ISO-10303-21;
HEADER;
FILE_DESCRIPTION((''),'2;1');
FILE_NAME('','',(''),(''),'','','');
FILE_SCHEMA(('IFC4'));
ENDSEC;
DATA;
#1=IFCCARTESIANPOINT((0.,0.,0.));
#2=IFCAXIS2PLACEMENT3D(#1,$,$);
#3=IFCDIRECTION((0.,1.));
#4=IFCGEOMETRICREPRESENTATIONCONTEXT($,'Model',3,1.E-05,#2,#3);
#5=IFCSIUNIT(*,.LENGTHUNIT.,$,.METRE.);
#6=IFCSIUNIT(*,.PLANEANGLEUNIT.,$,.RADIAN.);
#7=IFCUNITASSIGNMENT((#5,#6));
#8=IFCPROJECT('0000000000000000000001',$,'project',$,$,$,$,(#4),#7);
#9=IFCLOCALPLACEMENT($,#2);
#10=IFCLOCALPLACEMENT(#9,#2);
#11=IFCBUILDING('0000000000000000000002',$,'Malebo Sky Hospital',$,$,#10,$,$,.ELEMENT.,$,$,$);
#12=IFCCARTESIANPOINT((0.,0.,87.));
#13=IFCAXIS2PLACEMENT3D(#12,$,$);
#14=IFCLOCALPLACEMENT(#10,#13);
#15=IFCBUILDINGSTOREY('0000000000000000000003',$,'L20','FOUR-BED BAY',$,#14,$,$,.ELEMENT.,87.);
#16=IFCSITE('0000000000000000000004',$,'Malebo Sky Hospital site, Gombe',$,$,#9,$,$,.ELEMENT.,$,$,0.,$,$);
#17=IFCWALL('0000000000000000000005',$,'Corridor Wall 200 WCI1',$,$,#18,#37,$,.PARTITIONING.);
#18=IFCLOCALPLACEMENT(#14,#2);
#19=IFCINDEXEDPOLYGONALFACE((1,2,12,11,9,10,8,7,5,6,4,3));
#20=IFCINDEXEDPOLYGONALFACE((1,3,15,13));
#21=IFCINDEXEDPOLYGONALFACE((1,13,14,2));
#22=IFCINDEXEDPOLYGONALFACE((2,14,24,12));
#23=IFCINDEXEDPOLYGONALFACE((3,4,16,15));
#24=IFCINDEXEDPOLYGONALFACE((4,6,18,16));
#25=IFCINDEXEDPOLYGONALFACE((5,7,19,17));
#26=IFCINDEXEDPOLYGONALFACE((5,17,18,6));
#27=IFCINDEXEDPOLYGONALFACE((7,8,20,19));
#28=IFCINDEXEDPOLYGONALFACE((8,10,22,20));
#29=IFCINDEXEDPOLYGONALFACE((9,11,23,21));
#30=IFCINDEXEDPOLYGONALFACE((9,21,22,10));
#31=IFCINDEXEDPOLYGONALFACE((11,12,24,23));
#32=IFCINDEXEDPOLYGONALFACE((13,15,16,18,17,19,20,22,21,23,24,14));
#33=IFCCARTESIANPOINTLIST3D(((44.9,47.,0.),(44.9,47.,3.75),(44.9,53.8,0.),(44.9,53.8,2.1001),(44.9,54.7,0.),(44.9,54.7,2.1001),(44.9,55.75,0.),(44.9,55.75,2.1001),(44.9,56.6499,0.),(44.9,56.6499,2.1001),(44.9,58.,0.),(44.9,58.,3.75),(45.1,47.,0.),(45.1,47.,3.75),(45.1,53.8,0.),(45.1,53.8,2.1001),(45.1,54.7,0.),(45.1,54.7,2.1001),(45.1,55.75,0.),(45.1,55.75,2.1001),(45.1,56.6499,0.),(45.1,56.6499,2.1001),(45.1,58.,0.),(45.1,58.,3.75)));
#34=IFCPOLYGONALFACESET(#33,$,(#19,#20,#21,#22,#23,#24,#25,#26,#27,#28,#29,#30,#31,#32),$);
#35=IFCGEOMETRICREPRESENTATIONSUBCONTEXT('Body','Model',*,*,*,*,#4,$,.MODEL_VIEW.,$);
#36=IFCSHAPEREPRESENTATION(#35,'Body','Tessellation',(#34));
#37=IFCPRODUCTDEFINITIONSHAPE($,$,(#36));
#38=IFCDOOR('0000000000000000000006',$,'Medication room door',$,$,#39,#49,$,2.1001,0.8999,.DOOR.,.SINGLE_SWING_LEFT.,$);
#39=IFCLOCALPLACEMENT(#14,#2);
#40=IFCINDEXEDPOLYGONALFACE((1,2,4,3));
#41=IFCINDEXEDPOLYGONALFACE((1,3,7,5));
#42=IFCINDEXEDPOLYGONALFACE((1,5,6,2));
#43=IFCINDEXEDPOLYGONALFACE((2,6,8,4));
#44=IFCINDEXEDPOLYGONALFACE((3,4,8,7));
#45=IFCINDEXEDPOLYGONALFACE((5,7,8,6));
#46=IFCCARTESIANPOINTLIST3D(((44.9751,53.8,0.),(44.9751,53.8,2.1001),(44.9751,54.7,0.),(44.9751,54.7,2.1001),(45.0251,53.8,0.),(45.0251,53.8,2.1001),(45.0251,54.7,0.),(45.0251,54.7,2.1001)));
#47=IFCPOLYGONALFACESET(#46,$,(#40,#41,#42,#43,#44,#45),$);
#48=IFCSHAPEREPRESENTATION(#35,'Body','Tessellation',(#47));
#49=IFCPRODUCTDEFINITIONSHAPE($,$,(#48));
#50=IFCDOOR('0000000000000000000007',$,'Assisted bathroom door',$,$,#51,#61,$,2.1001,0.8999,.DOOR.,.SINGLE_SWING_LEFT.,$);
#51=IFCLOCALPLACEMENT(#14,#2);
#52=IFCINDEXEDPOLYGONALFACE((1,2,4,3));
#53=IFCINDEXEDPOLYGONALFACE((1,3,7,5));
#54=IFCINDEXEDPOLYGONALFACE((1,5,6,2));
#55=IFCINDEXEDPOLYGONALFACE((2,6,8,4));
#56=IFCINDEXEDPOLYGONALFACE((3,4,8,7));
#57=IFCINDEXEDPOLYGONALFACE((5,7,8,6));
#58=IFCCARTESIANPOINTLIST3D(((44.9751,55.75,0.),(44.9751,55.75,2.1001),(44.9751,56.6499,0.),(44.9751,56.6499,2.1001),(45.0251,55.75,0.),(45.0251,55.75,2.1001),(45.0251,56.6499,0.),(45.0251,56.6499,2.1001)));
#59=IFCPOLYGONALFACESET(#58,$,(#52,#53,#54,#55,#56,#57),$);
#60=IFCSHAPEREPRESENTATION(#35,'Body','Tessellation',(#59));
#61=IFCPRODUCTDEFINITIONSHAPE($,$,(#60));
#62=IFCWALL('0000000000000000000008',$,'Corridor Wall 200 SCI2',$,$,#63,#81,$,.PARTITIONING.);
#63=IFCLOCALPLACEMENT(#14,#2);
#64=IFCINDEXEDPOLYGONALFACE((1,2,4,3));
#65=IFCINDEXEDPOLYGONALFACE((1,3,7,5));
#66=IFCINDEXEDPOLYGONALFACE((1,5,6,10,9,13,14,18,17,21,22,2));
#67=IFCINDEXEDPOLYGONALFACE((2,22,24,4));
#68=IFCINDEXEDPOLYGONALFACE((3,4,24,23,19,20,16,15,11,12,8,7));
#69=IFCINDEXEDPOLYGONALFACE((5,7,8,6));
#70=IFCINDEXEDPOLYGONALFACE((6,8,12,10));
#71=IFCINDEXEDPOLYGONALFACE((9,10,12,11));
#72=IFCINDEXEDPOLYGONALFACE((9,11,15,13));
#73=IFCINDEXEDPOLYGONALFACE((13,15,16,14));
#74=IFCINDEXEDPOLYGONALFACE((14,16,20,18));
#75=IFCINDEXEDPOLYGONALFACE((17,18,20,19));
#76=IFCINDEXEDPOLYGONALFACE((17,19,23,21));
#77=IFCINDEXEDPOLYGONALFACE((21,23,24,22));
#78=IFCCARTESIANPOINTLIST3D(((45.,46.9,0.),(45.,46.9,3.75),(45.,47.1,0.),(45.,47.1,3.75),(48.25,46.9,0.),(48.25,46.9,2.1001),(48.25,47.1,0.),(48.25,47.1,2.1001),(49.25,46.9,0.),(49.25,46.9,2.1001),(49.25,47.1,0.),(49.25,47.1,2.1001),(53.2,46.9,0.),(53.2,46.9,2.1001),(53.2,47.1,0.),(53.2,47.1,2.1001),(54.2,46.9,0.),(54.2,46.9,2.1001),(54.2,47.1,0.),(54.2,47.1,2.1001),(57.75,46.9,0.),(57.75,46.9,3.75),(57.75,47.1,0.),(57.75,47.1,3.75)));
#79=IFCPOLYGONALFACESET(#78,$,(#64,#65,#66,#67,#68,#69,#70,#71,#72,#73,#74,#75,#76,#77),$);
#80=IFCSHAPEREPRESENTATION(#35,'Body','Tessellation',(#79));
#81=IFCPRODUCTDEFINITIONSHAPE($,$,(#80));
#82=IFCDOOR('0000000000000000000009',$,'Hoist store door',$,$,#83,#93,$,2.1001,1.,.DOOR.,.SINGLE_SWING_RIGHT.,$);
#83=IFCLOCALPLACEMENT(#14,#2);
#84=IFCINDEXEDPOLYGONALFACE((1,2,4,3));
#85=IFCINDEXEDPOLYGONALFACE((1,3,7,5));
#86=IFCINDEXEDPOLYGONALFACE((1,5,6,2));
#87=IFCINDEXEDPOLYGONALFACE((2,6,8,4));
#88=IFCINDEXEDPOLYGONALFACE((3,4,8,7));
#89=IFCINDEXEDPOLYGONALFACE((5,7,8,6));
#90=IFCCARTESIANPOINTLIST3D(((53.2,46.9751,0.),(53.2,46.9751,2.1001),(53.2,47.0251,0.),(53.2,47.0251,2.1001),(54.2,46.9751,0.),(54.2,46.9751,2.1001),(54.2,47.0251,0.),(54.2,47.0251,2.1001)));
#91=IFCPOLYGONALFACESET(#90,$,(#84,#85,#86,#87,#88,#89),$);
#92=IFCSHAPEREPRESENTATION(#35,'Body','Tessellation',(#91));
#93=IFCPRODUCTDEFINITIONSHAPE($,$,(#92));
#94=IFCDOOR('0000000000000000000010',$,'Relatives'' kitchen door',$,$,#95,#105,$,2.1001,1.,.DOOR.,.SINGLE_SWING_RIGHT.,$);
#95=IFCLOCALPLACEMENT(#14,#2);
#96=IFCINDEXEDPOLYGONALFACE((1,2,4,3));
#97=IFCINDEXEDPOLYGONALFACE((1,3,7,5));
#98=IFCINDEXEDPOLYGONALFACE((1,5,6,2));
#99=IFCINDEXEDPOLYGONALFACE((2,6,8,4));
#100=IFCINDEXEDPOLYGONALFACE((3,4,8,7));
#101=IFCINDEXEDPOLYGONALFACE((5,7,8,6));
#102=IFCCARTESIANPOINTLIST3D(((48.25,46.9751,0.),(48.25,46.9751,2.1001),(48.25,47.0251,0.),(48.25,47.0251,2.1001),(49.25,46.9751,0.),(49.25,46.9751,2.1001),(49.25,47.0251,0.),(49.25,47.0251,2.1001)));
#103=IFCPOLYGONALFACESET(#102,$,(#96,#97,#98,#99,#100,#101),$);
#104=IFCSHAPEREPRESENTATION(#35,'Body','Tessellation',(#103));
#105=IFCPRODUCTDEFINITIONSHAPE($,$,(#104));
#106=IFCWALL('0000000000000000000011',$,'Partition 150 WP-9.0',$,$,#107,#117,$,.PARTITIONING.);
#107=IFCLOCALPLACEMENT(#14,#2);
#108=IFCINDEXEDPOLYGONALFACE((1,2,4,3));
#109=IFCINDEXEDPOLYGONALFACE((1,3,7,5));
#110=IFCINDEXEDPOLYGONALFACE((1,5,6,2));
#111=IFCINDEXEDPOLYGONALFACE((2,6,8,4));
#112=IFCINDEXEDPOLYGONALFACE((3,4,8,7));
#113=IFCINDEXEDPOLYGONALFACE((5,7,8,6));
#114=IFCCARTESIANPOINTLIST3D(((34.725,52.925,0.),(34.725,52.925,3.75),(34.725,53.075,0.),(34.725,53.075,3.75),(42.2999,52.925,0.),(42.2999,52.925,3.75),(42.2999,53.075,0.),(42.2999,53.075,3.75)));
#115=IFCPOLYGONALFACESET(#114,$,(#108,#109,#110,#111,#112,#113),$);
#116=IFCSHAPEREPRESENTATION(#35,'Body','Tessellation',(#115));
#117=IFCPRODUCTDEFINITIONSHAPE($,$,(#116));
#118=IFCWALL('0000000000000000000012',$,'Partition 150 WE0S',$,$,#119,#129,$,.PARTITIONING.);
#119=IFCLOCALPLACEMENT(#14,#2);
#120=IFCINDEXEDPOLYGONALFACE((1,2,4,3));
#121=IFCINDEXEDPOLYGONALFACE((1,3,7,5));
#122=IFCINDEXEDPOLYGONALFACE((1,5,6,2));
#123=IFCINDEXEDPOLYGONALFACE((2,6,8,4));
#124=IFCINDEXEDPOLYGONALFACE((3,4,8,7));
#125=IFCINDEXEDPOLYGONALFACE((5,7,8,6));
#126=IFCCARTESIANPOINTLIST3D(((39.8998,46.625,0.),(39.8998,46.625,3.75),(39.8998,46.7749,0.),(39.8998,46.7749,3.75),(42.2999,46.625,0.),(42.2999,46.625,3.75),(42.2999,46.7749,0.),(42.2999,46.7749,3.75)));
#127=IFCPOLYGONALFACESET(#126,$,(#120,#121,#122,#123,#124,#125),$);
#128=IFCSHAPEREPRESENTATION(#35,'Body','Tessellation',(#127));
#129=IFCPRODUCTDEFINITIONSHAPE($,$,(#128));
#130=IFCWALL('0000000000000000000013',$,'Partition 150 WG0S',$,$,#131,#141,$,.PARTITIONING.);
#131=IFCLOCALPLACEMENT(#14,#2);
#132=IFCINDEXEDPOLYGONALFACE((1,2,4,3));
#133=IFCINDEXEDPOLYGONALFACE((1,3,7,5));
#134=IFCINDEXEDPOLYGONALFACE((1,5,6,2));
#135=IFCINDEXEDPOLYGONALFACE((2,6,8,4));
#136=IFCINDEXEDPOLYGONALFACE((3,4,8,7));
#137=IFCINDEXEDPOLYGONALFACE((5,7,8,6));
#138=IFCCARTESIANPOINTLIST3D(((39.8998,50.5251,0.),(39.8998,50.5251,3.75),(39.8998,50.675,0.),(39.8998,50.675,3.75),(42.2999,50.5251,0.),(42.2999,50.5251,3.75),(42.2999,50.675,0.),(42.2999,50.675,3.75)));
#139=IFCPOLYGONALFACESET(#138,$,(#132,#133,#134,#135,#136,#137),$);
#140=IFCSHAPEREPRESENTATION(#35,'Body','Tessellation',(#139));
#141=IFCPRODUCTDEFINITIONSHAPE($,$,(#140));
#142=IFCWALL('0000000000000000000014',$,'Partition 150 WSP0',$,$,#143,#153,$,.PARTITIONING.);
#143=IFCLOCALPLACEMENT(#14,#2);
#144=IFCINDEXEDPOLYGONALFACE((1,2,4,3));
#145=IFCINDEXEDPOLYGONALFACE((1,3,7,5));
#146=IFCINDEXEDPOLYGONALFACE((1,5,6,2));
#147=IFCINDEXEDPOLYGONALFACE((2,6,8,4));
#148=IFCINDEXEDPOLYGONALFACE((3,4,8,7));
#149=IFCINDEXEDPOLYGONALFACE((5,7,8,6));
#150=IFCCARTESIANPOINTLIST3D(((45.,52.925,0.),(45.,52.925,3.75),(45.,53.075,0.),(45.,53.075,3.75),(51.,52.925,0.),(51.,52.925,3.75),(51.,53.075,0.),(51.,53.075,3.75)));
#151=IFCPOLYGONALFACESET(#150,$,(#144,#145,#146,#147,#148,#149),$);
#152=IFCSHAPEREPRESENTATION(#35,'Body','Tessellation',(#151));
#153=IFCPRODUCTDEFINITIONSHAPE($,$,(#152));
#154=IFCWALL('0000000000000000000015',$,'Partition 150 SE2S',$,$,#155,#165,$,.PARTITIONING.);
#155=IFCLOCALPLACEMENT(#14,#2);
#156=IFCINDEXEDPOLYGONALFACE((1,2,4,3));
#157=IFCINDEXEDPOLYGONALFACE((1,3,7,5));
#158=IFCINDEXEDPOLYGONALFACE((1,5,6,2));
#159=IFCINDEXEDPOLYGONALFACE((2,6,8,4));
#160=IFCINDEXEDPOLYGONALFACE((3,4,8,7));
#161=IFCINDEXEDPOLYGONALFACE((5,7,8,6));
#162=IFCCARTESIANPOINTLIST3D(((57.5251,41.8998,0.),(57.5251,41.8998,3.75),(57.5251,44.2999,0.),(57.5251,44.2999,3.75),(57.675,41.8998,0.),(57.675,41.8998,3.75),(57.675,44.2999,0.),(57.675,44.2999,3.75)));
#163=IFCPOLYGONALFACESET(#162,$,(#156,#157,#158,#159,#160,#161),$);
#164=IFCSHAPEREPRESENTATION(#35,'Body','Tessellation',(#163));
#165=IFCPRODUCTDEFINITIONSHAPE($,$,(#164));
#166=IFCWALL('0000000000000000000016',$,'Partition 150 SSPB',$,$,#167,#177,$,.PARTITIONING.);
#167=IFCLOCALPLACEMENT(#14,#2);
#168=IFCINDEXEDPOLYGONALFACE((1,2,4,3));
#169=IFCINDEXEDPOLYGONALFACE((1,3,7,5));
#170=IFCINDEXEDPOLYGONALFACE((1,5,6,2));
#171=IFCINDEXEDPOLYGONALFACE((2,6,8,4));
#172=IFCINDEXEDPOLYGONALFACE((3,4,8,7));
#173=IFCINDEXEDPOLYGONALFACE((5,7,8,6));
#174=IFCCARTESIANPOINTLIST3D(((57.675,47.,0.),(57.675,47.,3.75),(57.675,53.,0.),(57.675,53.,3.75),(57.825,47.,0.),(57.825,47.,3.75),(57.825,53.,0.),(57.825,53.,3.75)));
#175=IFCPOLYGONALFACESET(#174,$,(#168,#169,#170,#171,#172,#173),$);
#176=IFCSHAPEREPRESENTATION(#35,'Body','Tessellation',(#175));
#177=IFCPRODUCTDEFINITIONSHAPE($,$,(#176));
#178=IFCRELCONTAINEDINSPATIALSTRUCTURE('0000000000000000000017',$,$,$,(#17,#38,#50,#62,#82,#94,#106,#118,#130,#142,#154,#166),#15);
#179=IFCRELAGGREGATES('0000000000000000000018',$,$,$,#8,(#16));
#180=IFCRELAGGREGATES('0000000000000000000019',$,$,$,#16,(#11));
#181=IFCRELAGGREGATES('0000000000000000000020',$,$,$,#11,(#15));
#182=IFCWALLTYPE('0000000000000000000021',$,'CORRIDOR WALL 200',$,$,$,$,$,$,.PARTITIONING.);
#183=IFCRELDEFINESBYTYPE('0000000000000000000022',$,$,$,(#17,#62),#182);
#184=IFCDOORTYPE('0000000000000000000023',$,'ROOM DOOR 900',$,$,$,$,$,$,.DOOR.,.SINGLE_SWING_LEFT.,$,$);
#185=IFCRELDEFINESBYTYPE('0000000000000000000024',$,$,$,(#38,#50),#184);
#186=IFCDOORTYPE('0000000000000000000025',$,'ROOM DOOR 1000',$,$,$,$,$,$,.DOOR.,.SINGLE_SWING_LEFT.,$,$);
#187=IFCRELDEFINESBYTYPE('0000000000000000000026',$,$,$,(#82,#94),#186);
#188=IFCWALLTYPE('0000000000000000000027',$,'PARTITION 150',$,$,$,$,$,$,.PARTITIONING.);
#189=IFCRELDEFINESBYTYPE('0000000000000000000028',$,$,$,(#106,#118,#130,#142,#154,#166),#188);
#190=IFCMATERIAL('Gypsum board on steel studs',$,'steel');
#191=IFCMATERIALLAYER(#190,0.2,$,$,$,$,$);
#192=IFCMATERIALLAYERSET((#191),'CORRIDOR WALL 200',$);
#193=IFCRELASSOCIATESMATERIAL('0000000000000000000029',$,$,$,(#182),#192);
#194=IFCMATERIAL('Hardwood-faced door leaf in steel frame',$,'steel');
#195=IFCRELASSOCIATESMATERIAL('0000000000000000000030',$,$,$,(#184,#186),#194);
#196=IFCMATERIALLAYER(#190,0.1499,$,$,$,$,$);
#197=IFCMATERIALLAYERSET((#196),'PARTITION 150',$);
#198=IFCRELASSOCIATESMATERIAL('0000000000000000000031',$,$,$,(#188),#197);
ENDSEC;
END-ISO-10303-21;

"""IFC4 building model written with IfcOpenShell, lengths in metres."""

from ifc_helpers import new_model, si_unit, direction, frame, frame_2d, origin, place, context, subcontext, project, spatial, rectangle, extrude, material, layer, layer_set, type_object, element, fill, save


model = new_model("IFC4")

# Units and contexts
model_context = context("Model", 3, precision=1e-05, world=origin(), true_north=direction((0.0, 1.0)))
body_context = subcontext(model_context, "Body", "Model", "MODEL_VIEW")
ifc_project = project(units=[si_unit("LENGTHUNIT", "METRE"), si_unit("PLANEANGLEUNIT", "RADIAN")], contexts=[model_context])

# Site, building, storey
site_placement = place(None, origin())
site = spatial("IfcSite", under=ifc_project, at=site_placement, Name="Malebo Sky Hospital site, Gombe", CompositionType="ELEMENT", RefElevation=0.0)
building_placement = place(site_placement, origin())
building = spatial("IfcBuilding", under=site, at=building_placement, Name="Malebo Sky Hospital", CompositionType="ELEMENT")
storey_placement = place(building_placement, frame((0.0, 0.0, 87.0)))
storey = spatial("IfcBuildingStorey", under=building, at=storey_placement, Name="L20", Description="FOUR-BED BAY", CompositionType="ELEMENT", Elevation=87.0)

# Walls, openings, doors
ifc_material_1 = material(Name="Gypsum board on steel studs", Category="steel")
ifc_layer_1 = layer(ifc_material_1, 0.2)
ifc_layer_set_1 = layer_set([ifc_layer_1], Name="CORRIDOR WALL 200")
wall_type_1 = type_object("IfcWallType", Name="CORRIDOR WALL 200", PredefinedType="PARTITIONING", material=ifc_layer_set_1)
wall_1_placement = place(storey_placement, frame((45.0, 47.0, 0.0), z_axis=(0.0, 0.0, 1.0), x_axis=(0.0, 1.0, 0.0)))
wall_1 = element("IfcWall", 1, at=wall_1_placement, inside=storey, type_object=wall_type_1, Name="Corridor Wall 200 WCI1", PredefinedType="PARTITIONING", context=body_context, shape_type="SweptSolid", body=[
    extrude(rectangle(XDim=11.0, YDim=0.2, at=frame_2d((5.5, 0.0))), origin(), (0.0, 0.0, 1.0), 3.75),
])
opening_1_placement = place(wall_1_placement, frame((6.8, 0.0, 0.0)))
opening_1 = element("IfcOpeningElement", 2, at=opening_1_placement, cuts=wall_1, PredefinedType="OPENING", context=body_context, shape_type="SweptSolid", body=[
    extrude(rectangle(XDim=0.8999, YDim=2.1001, at=frame_2d((0.45, 1.05))), frame((0.0, 0.1099, 0.0), z_axis=(0.0, -1.0, 0.0), x_axis=(1.0, 0.0, 0.0)), (0.0, 0.0, 1.0), 0.22),
])
opening_2_placement = place(wall_1_placement, frame((8.75, 0.0, 0.0)))
opening_2 = element("IfcOpeningElement", 3, at=opening_2_placement, cuts=wall_1, PredefinedType="OPENING", context=body_context, shape_type="SweptSolid", body=[
    extrude(rectangle(XDim=0.8999, YDim=2.1001, at=frame_2d((0.45, 1.05))), frame((0.0, 0.1099, 0.0), z_axis=(0.0, -1.0, 0.0), x_axis=(1.0, 0.0, 0.0)), (0.0, 0.0, 1.0), 0.22),
])
ifc_material_2 = material(Name="Hardwood-faced door leaf in steel frame", Category="steel")
door_type_1 = type_object("IfcDoorType", Name="ROOM DOOR 900", OperationType="SINGLE_SWING_LEFT", PredefinedType="DOOR", material=ifc_material_2)
door_1_placement = place(opening_1_placement, origin())
door_1 = element("IfcDoor", 4, at=door_1_placement, inside=storey, type_object=door_type_1, Name="Medication room door", OperationType="SINGLE_SWING_LEFT", OverallHeight=2.1001, OverallWidth=0.8999, PredefinedType="DOOR", context=body_context, shape_type="SweptSolid", body=[
    extrude(rectangle(XDim=0.8999, YDim=2.1001, at=frame_2d((0.45, 1.05))), frame((0.0, 0.0249, 0.0), z_axis=(0.0, -1.0, 0.0), x_axis=(1.0, 0.0, 0.0)), (0.0, 0.0, 1.0), 0.05),
])
fill(opening_1, door_1)
door_2_placement = place(opening_2_placement, origin())
door_2 = element("IfcDoor", 5, at=door_2_placement, inside=storey, type_object=door_type_1, Name="Assisted bathroom door", OperationType="SINGLE_SWING_LEFT", OverallHeight=2.1001, OverallWidth=0.8999, PredefinedType="DOOR", context=body_context, shape_type="SweptSolid", body=[
    extrude(rectangle(XDim=0.8999, YDim=2.1001, at=frame_2d((0.45, 1.05))), frame((0.0, 0.0249, 0.0), z_axis=(0.0, -1.0, 0.0), x_axis=(1.0, 0.0, 0.0)), (0.0, 0.0, 1.0), 0.05),
])
fill(opening_2, door_2)
wall_2_placement = place(storey_placement, frame((57.75, 47.0, 0.0), z_axis=(0.0, 0.0, 1.0), x_axis=(-1.0, 0.0, 0.0)))
wall_2 = element("IfcWall", 6, at=wall_2_placement, inside=storey, type_object=wall_type_1, Name="Corridor Wall 200 SCI2", PredefinedType="PARTITIONING", context=body_context, shape_type="SweptSolid", body=[
    extrude(rectangle(XDim=12.75, YDim=0.2, at=frame_2d((6.375, 0.0))), origin(), (0.0, 0.0, 1.0), 3.75),
])
opening_3_placement = place(wall_2_placement, frame((3.55, 0.0, 0.0)))
opening_3 = element("IfcOpeningElement", 7, at=opening_3_placement, cuts=wall_2, PredefinedType="OPENING", context=body_context, shape_type="SweptSolid", body=[
    extrude(rectangle(XDim=1.0, YDim=2.1001, at=frame_2d((0.5, 1.05))), frame((0.0, 0.1099, 0.0), z_axis=(0.0, -1.0, 0.0), x_axis=(1.0, 0.0, 0.0)), (0.0, 0.0, 1.0), 0.22),
])
opening_4_placement = place(wall_2_placement, frame((8.5, 0.0, 0.0)))
opening_4 = element("IfcOpeningElement", 8, at=opening_4_placement, cuts=wall_2, PredefinedType="OPENING", context=body_context, shape_type="SweptSolid", body=[
    extrude(rectangle(XDim=1.0, YDim=2.1001, at=frame_2d((0.5, 1.05))), frame((0.0, 0.1099, 0.0), z_axis=(0.0, -1.0, 0.0), x_axis=(1.0, 0.0, 0.0)), (0.0, 0.0, 1.0), 0.22),
])
door_type_2 = type_object("IfcDoorType", Name="ROOM DOOR 1000", OperationType="SINGLE_SWING_LEFT", PredefinedType="DOOR", material=ifc_material_2)
door_3_placement = place(opening_3_placement, origin())
door_3 = element("IfcDoor", 9, at=door_3_placement, inside=storey, type_object=door_type_2, Name="Hoist store door", OperationType="SINGLE_SWING_RIGHT", OverallHeight=2.1001, OverallWidth=1.0, PredefinedType="DOOR", context=body_context, shape_type="SweptSolid", body=[
    extrude(rectangle(XDim=1.0, YDim=2.1001, at=frame_2d((0.5, 1.05))), frame((0.0, 0.0249, 0.0), z_axis=(0.0, -1.0, 0.0), x_axis=(1.0, 0.0, 0.0)), (0.0, 0.0, 1.0), 0.05),
])
fill(opening_3, door_3)
door_4_placement = place(opening_4_placement, origin())
door_4 = element("IfcDoor", 10, at=door_4_placement, inside=storey, type_object=door_type_2, Name="Relatives' kitchen door", OperationType="SINGLE_SWING_RIGHT", OverallHeight=2.1001, OverallWidth=1.0, PredefinedType="DOOR", context=body_context, shape_type="SweptSolid", body=[
    extrude(rectangle(XDim=1.0, YDim=2.1001, at=frame_2d((0.5, 1.05))), frame((0.0, 0.0249, 0.0), z_axis=(0.0, -1.0, 0.0), x_axis=(1.0, 0.0, 0.0)), (0.0, 0.0, 1.0), 0.05),
])
fill(opening_4, door_4)

# Walls
ifc_layer_2 = layer(ifc_material_1, 0.1499)
ifc_layer_set_2 = layer_set([ifc_layer_2], Name="PARTITION 150")
wall_type_2 = type_object("IfcWallType", Name="PARTITION 150", PredefinedType="PARTITIONING", material=ifc_layer_set_2)
wall_3_placement = place(storey_placement, frame((42.3, 53.0, 0.0), z_axis=(0.0, 0.0, 1.0), x_axis=(-1.0, 0.0, 0.0)))
element("IfcWall", 11, at=wall_3_placement, inside=storey, type_object=wall_type_2, Name="Partition 150 WP-9.0", PredefinedType="PARTITIONING", context=body_context, shape_type="SweptSolid", body=[
    extrude(rectangle(XDim=7.575, YDim=0.1499, at=frame_2d((3.7876, 0.0))), origin(), (0.0, 0.0, 1.0), 3.75),
])
for number, where, z_axis, x_axis, name in (
    (12, (42.3, 46.7, 0.0), (0.0, 0.0, 1.0), (-1.0, 0.0, 0.0), "Partition 150 WE0S"),
    (13, (42.3, 50.6001, 0.0), (0.0, 0.0, 1.0), (-1.0, 0.0, 0.0), "Partition 150 WG0S"),
):
    element("IfcWall", number, at=place(storey_placement, frame(where, z_axis=z_axis, x_axis=x_axis)), inside=storey, type_object=wall_type_2, Name=name, PredefinedType="PARTITIONING", context=body_context, shape_type="SweptSolid", body=[
        extrude(rectangle(XDim=2.4001, YDim=0.1499, at=frame_2d((1.2002, 0.0))), origin(), (0.0, 0.0, 1.0), 3.75),
    ])
wall_4_placement = place(storey_placement, frame((51.0, 53.0, 0.0), z_axis=(0.0, 0.0, 1.0), x_axis=(-1.0, 0.0, 0.0)))
element("IfcWall", 14, at=wall_4_placement, inside=storey, type_object=wall_type_2, Name="Partition 150 WSP0", PredefinedType="PARTITIONING", context=body_context, shape_type="SweptSolid", body=[
    extrude(rectangle(XDim=6.0, YDim=0.1499, at=frame_2d((3.0, 0.0))), origin(), (0.0, 0.0, 1.0), 3.75),
])
wall_5_placement = place(storey_placement, frame((57.6001, 44.3, 0.0), z_axis=(0.0, 0.0, 1.0), x_axis=(0.0, -1.0, 0.0)))
element("IfcWall", 15, at=wall_5_placement, inside=storey, type_object=wall_type_2, Name="Partition 150 SE2S", PredefinedType="PARTITIONING", context=body_context, shape_type="SweptSolid", body=[
    extrude(rectangle(XDim=2.4001, YDim=0.1499, at=frame_2d((1.2002, 0.0))), origin(), (0.0, 0.0, 1.0), 3.75),
])
for number, where, z_axis, x_axis, name in (
    (16, (57.75, 53.0, 0.0), (0.0, 0.0, 1.0), (0.0, -1.0, 0.0), "Partition 150 SSPB"),
):
    element("IfcWall", number, at=place(storey_placement, frame(where, z_axis=z_axis, x_axis=x_axis)), inside=storey, type_object=wall_type_2, Name=name, PredefinedType="PARTITIONING", context=body_context, shape_type="SweptSolid", body=[
        extrude(rectangle(XDim=6.0, YDim=0.1499, at=frame_2d((3.0, 0.0))), origin(), (0.0, 0.0, 1.0), 3.75),
    ])

save(model, "model.ifc")
